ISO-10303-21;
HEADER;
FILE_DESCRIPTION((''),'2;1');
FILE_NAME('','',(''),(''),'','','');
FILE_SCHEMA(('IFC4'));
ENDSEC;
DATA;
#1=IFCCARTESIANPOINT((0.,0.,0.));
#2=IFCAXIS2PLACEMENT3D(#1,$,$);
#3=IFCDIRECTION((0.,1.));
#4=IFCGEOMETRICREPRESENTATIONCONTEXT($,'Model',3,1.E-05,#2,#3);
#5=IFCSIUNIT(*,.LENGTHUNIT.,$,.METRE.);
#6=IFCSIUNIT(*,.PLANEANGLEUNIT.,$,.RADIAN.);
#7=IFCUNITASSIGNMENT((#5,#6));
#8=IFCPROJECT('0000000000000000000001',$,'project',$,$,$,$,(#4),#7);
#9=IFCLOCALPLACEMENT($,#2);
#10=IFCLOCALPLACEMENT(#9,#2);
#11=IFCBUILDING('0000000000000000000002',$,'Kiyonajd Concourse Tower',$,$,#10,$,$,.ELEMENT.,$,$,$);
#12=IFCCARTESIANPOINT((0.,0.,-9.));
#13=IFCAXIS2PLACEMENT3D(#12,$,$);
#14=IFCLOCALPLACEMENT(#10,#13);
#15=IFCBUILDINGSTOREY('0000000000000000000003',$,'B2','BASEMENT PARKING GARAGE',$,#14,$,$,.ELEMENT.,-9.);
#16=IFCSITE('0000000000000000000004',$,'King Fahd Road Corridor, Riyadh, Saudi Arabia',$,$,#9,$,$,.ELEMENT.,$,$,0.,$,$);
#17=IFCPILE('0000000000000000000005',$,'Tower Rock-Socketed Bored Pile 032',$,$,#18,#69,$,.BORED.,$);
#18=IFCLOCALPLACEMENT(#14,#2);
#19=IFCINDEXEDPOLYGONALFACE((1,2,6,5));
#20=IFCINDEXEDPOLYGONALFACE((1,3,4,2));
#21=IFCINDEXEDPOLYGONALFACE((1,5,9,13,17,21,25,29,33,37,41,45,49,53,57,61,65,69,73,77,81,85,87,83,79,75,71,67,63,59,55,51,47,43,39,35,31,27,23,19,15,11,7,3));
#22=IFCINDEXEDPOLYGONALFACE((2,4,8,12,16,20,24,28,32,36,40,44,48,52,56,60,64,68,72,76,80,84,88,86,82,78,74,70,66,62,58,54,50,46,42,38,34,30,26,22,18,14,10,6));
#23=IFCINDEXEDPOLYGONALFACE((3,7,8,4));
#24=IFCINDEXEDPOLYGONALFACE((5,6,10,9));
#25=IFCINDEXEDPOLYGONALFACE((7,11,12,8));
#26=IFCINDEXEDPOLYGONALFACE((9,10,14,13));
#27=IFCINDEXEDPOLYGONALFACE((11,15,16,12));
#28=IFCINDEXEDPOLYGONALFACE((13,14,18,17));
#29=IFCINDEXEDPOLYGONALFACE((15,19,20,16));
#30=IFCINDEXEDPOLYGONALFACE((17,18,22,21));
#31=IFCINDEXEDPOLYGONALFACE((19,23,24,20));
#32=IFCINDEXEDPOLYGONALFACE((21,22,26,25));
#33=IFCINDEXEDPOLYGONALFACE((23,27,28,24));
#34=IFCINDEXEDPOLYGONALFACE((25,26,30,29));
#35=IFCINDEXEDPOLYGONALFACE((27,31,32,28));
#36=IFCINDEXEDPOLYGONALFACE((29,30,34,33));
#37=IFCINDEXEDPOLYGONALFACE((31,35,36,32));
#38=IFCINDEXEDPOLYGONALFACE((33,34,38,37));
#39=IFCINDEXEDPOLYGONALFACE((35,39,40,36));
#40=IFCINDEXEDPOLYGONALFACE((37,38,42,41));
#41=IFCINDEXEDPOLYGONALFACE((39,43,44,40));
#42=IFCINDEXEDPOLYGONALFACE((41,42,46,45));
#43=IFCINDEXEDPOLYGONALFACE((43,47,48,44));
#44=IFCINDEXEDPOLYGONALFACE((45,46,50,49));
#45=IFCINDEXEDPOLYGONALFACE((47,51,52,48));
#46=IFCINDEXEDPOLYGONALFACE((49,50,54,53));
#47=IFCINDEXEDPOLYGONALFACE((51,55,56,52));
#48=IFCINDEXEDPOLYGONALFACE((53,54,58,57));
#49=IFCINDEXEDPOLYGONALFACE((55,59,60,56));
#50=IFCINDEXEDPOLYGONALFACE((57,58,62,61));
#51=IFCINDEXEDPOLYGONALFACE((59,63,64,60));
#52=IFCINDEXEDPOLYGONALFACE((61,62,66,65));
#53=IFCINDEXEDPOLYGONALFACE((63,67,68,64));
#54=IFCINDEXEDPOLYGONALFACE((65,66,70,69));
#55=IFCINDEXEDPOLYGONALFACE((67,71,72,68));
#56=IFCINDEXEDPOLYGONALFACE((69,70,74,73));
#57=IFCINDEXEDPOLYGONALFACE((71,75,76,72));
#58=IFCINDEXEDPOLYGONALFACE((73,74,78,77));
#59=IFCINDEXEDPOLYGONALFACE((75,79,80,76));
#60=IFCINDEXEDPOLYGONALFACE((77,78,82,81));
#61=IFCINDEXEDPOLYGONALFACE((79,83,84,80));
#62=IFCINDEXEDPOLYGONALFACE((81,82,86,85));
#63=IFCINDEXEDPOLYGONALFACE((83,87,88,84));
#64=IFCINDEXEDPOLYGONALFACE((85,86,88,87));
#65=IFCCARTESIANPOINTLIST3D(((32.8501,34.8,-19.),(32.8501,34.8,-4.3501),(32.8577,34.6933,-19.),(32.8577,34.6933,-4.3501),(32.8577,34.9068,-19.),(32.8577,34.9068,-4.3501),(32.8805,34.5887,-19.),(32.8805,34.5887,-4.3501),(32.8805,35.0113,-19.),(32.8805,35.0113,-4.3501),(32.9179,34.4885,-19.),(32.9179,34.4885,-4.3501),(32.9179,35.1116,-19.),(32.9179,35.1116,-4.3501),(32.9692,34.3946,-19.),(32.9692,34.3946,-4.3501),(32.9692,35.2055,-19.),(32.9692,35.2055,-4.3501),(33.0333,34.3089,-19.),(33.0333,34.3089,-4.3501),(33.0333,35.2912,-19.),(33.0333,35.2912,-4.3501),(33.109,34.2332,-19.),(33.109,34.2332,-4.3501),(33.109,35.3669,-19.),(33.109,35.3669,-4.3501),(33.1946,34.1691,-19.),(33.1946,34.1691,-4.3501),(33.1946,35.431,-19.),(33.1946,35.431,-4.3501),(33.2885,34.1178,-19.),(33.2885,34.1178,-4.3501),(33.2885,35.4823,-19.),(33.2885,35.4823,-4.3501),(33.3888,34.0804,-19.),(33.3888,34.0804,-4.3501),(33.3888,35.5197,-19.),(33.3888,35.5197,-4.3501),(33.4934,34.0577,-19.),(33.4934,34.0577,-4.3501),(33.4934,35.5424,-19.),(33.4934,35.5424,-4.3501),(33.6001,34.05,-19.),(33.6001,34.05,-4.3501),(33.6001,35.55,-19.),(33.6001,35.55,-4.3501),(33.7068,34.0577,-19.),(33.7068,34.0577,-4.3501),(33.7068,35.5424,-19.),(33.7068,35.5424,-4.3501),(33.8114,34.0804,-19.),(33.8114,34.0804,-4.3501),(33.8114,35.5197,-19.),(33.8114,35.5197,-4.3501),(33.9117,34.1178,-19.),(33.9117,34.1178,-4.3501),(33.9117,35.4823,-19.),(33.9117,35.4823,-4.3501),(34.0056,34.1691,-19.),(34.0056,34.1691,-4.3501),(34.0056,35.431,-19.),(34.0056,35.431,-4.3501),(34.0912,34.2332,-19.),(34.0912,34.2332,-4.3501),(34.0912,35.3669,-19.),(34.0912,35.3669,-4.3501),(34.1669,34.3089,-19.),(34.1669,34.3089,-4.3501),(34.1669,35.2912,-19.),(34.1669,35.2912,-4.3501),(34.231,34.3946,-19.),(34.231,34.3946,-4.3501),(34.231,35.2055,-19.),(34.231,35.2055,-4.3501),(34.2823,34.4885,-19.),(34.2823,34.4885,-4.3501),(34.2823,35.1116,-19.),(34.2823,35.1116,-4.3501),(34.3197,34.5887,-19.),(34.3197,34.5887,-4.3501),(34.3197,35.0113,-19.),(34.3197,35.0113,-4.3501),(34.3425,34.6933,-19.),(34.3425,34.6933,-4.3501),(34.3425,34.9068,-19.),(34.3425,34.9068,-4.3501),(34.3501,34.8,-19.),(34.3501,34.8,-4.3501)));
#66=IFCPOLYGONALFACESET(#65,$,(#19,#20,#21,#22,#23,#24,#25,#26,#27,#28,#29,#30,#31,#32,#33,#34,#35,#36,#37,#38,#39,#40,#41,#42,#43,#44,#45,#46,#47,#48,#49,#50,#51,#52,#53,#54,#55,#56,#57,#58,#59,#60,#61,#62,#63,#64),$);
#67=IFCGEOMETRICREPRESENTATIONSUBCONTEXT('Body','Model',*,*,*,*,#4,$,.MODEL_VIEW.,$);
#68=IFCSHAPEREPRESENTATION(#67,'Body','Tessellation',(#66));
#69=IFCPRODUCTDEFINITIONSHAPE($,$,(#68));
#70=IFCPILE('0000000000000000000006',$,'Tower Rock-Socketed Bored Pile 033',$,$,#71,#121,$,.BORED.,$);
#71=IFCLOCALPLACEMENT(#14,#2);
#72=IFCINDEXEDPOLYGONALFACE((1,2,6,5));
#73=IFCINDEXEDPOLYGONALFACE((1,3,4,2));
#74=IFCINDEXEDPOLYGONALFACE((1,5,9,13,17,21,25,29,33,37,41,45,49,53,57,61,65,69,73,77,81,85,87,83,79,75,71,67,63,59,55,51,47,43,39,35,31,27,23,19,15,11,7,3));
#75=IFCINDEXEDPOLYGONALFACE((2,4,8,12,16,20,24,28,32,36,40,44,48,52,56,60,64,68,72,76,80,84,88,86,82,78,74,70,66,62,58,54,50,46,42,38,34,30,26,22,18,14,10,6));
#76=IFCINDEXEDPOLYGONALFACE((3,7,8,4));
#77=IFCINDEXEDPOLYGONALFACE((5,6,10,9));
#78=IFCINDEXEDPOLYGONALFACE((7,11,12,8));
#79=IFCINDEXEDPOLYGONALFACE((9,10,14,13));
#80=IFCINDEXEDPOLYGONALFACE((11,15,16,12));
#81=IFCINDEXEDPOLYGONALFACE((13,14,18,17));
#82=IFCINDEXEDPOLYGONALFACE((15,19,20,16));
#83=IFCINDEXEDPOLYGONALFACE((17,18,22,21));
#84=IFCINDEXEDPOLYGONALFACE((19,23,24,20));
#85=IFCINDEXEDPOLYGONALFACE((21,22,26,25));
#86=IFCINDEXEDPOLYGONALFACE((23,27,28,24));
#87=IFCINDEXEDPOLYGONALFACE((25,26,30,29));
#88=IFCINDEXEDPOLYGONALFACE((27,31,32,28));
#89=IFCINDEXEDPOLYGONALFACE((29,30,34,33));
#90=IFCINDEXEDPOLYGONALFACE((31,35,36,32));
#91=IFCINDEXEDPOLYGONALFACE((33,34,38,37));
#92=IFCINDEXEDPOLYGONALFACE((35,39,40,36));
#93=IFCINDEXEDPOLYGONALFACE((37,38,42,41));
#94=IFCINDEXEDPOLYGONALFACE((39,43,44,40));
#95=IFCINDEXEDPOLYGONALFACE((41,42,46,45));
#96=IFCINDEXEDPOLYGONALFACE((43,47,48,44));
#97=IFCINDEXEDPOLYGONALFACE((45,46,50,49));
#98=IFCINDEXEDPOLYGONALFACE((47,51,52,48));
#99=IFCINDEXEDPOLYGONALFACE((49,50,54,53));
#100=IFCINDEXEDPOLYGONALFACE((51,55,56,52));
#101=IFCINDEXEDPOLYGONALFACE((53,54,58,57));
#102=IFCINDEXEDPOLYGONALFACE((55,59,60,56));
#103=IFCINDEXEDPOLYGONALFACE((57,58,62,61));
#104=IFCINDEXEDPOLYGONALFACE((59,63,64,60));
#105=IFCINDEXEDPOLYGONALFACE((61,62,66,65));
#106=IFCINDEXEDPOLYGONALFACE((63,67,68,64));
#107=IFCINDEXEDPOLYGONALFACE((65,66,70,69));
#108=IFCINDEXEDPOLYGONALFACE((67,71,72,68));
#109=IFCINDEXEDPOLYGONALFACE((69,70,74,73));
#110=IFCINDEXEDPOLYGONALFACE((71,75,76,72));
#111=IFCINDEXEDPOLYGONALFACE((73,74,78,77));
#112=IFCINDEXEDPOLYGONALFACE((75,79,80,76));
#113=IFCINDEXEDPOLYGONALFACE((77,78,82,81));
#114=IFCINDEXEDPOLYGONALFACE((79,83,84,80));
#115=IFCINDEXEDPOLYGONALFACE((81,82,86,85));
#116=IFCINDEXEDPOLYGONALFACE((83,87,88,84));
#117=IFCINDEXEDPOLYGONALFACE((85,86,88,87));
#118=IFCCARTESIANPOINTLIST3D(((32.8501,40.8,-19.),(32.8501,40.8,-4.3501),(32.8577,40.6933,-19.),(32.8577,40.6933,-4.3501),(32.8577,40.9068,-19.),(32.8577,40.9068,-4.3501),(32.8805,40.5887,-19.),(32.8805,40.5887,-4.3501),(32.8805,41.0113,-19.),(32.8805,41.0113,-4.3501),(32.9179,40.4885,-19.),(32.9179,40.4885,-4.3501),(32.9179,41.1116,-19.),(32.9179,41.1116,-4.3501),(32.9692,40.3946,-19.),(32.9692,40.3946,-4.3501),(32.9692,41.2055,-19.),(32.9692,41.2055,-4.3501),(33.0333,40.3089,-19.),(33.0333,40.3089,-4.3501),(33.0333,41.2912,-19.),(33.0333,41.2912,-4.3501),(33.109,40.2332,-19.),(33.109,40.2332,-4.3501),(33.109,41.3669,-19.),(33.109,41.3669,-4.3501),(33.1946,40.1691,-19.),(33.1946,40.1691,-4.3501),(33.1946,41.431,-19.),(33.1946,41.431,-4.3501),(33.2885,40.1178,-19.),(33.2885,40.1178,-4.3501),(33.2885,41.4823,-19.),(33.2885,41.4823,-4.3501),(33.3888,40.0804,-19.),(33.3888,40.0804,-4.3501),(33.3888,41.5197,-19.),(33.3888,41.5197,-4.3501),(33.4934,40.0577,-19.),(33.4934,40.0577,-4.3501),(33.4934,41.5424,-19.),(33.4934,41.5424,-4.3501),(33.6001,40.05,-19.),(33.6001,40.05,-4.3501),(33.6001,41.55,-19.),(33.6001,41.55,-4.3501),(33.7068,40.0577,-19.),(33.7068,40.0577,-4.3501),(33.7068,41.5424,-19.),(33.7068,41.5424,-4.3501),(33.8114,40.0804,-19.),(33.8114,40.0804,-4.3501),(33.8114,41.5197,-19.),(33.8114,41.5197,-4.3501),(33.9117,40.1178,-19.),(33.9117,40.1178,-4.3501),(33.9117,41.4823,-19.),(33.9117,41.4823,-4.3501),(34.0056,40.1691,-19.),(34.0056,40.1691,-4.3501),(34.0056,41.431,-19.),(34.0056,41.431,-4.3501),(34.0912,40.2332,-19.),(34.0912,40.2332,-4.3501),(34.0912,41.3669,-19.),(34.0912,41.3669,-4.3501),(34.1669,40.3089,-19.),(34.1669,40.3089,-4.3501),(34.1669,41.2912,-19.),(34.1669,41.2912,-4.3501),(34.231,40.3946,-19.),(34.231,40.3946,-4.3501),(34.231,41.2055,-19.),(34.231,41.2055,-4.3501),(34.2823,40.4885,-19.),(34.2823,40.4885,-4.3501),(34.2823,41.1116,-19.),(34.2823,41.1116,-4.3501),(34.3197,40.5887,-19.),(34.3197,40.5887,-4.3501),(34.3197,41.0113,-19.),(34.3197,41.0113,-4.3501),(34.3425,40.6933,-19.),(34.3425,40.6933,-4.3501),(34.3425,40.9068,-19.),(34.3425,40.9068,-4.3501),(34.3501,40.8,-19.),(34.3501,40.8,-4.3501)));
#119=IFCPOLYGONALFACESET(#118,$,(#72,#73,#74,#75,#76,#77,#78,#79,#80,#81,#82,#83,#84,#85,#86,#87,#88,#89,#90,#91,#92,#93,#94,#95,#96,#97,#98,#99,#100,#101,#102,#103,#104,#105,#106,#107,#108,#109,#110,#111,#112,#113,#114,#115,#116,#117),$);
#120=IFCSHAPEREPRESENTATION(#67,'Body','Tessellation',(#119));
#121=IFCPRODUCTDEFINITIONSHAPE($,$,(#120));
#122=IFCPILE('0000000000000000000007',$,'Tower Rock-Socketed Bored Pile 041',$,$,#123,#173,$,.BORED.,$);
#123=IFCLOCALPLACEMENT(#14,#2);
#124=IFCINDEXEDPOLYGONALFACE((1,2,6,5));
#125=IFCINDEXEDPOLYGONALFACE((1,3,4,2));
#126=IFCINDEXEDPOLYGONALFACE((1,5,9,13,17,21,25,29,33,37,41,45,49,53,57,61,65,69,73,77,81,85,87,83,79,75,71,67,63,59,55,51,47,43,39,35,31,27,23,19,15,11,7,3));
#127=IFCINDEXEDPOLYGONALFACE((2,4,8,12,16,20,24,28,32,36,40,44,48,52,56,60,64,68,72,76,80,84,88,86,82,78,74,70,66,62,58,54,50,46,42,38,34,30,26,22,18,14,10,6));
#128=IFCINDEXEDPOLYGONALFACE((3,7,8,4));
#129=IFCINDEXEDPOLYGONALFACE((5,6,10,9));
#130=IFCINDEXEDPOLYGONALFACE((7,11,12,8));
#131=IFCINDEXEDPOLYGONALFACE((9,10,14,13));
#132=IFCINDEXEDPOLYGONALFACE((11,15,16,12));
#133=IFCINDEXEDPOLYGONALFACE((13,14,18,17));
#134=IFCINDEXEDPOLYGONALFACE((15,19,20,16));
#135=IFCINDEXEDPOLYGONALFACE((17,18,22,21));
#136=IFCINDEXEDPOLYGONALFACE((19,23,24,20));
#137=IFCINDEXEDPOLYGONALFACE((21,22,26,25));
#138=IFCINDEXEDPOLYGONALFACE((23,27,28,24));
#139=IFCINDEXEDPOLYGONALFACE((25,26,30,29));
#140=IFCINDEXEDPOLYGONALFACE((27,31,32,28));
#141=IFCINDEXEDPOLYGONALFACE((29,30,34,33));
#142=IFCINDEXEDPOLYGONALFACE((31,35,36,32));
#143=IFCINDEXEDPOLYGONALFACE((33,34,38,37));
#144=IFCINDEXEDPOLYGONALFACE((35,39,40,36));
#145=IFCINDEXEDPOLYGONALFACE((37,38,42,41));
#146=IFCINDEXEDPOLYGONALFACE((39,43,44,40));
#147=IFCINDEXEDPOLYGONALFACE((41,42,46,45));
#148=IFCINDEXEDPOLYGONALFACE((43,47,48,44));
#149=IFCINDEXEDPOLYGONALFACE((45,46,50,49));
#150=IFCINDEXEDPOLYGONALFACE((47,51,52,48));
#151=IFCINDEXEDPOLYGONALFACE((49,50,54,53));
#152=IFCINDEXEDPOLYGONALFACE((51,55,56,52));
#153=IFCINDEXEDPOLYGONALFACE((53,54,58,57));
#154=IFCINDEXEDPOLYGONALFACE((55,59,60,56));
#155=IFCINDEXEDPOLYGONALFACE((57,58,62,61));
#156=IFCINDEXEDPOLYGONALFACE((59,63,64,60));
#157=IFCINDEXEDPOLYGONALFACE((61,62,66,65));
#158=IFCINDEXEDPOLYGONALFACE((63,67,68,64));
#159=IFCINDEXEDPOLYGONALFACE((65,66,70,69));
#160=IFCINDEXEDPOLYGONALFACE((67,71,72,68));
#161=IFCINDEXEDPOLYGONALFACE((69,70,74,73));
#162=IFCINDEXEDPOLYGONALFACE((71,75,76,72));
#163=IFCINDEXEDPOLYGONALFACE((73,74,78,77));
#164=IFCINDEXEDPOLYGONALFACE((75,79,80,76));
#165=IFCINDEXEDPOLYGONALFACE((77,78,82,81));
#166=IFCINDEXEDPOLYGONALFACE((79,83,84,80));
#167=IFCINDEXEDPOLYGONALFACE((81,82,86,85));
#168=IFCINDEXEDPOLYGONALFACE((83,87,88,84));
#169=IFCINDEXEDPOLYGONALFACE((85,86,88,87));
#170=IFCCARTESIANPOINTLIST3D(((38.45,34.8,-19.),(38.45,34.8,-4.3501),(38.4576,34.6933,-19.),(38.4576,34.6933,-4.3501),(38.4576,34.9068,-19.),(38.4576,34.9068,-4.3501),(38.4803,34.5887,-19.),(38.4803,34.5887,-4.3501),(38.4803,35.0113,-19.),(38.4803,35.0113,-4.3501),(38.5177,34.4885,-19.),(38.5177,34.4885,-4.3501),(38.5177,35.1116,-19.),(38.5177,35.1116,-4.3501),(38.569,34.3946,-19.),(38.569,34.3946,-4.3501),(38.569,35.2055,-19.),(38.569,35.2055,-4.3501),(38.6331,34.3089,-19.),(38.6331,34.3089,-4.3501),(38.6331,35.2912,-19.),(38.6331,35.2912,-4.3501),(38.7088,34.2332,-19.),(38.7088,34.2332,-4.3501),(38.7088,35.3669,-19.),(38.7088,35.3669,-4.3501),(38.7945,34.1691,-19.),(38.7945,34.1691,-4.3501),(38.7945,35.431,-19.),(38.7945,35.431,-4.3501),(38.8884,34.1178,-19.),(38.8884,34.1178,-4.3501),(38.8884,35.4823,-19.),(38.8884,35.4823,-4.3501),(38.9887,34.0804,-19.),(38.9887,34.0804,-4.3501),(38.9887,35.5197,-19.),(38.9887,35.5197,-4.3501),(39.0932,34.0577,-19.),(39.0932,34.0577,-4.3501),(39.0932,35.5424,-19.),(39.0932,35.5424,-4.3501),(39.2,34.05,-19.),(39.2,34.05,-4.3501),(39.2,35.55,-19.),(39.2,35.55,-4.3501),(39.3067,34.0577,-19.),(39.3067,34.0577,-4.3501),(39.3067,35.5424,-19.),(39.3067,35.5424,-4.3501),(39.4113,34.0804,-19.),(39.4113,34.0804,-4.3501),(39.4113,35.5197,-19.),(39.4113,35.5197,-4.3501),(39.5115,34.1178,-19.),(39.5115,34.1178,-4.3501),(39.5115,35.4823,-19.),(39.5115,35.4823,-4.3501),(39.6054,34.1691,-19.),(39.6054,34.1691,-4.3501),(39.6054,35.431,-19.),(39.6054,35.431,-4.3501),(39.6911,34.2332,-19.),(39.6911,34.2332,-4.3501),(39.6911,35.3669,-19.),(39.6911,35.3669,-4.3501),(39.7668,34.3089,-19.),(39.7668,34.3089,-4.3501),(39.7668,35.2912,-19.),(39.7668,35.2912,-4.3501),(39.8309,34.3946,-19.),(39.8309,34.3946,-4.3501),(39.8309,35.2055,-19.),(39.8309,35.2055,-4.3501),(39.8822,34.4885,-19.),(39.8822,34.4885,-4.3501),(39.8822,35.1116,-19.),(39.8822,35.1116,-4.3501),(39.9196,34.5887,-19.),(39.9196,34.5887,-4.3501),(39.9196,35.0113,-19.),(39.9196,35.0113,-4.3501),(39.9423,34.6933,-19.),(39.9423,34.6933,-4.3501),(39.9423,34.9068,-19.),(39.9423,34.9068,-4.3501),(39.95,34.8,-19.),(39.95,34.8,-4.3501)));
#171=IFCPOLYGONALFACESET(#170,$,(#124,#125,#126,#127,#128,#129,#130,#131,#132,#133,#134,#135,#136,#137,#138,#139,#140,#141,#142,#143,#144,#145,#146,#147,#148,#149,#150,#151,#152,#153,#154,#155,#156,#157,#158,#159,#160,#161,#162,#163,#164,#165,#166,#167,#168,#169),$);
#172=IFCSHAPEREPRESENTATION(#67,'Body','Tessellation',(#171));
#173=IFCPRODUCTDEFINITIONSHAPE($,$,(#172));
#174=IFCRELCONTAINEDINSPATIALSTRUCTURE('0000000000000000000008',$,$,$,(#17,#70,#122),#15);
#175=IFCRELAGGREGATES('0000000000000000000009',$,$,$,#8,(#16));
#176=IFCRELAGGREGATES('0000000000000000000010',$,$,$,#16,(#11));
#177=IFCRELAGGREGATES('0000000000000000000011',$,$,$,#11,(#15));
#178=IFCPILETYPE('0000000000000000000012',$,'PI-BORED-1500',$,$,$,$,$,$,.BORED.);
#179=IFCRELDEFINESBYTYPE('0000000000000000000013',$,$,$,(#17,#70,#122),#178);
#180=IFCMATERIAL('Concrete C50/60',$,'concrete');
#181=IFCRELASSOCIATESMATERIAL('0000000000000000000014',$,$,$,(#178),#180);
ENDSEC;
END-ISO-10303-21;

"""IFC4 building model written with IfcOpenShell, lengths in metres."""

from ifc_helpers import new_model, si_unit, direction, frame, origin, origin_2d, place, context, subcontext, project, spatial, circle, extrude, material, material_profile, profile_set, type_object, element, save


model = new_model("IFC4")

# Units and contexts
model_context = context("Model", 3, precision=1e-05, world=origin(), true_north=direction((0.0, 1.0)))
body_context = subcontext(model_context, "Body", "Model", "MODEL_VIEW")
ifc_project = project(units=[si_unit("LENGTHUNIT", "METRE"), si_unit("PLANEANGLEUNIT", "RADIAN")], contexts=[model_context])

# Site, building, storey
site_placement = place(None, origin())
site = spatial("IfcSite", under=ifc_project, at=site_placement, Name="King Fahd Road Corridor, Riyadh, Saudi Arabia", CompositionType="ELEMENT", RefElevation=0.0)
building_placement = place(site_placement, origin())
building = spatial("IfcBuilding", under=site, at=building_placement, Name="Kiyonajd Concourse Tower", CompositionType="ELEMENT")
storey_placement = place(building_placement, frame((0.0, 0.0, -9.0)))
storey = spatial("IfcBuildingStorey", under=building, at=storey_placement, Name="B2", Description="BASEMENT PARKING GARAGE", CompositionType="ELEMENT", Elevation=-9.0)

# Piles
ifc_material_1 = material(Name="Concrete C50/60", Category="concrete")
ifc_material_profile = material_profile(ifc_material_1, circle(Radius=0.75, at=origin_2d()), Name="PILE-D1500")
ifc_profile_set = profile_set([ifc_material_profile], Name="Concrete C50/60")
pile_type = type_object("IfcPileType", Name="PI-BORED-1500", PredefinedType="BORED", material=ifc_profile_set)
for number, where, z_axis, x_axis, name in (
    (1, (33.6001, 34.8, -4.3501), (0.0, 0.0, -1.0), (1.0, 0.0, 0.0), "Tower Rock-Socketed Bored Pile 032"),
    (2, (33.6001, 40.8, -4.3501), (0.0, 0.0, -1.0), (1.0, 0.0, 0.0), "Tower Rock-Socketed Bored Pile 033"),
    (3, (39.2, 34.8, -4.3501), (0.0, 0.0, -1.0), (1.0, 0.0, 0.0), "Tower Rock-Socketed Bored Pile 041"),
):
    element("IfcPile", number, at=place(storey_placement, frame(where, z_axis=z_axis, x_axis=x_axis)), inside=storey, type_object=pile_type, Name=name, PredefinedType="BORED", context=body_context, shape_type="SweptSolid", body=[
        extrude(circle(Radius=0.75, at=origin_2d()), origin(), (0.0, 0.0, 1.0), 14.6499),
    ])

save(model, "model.ifc")
